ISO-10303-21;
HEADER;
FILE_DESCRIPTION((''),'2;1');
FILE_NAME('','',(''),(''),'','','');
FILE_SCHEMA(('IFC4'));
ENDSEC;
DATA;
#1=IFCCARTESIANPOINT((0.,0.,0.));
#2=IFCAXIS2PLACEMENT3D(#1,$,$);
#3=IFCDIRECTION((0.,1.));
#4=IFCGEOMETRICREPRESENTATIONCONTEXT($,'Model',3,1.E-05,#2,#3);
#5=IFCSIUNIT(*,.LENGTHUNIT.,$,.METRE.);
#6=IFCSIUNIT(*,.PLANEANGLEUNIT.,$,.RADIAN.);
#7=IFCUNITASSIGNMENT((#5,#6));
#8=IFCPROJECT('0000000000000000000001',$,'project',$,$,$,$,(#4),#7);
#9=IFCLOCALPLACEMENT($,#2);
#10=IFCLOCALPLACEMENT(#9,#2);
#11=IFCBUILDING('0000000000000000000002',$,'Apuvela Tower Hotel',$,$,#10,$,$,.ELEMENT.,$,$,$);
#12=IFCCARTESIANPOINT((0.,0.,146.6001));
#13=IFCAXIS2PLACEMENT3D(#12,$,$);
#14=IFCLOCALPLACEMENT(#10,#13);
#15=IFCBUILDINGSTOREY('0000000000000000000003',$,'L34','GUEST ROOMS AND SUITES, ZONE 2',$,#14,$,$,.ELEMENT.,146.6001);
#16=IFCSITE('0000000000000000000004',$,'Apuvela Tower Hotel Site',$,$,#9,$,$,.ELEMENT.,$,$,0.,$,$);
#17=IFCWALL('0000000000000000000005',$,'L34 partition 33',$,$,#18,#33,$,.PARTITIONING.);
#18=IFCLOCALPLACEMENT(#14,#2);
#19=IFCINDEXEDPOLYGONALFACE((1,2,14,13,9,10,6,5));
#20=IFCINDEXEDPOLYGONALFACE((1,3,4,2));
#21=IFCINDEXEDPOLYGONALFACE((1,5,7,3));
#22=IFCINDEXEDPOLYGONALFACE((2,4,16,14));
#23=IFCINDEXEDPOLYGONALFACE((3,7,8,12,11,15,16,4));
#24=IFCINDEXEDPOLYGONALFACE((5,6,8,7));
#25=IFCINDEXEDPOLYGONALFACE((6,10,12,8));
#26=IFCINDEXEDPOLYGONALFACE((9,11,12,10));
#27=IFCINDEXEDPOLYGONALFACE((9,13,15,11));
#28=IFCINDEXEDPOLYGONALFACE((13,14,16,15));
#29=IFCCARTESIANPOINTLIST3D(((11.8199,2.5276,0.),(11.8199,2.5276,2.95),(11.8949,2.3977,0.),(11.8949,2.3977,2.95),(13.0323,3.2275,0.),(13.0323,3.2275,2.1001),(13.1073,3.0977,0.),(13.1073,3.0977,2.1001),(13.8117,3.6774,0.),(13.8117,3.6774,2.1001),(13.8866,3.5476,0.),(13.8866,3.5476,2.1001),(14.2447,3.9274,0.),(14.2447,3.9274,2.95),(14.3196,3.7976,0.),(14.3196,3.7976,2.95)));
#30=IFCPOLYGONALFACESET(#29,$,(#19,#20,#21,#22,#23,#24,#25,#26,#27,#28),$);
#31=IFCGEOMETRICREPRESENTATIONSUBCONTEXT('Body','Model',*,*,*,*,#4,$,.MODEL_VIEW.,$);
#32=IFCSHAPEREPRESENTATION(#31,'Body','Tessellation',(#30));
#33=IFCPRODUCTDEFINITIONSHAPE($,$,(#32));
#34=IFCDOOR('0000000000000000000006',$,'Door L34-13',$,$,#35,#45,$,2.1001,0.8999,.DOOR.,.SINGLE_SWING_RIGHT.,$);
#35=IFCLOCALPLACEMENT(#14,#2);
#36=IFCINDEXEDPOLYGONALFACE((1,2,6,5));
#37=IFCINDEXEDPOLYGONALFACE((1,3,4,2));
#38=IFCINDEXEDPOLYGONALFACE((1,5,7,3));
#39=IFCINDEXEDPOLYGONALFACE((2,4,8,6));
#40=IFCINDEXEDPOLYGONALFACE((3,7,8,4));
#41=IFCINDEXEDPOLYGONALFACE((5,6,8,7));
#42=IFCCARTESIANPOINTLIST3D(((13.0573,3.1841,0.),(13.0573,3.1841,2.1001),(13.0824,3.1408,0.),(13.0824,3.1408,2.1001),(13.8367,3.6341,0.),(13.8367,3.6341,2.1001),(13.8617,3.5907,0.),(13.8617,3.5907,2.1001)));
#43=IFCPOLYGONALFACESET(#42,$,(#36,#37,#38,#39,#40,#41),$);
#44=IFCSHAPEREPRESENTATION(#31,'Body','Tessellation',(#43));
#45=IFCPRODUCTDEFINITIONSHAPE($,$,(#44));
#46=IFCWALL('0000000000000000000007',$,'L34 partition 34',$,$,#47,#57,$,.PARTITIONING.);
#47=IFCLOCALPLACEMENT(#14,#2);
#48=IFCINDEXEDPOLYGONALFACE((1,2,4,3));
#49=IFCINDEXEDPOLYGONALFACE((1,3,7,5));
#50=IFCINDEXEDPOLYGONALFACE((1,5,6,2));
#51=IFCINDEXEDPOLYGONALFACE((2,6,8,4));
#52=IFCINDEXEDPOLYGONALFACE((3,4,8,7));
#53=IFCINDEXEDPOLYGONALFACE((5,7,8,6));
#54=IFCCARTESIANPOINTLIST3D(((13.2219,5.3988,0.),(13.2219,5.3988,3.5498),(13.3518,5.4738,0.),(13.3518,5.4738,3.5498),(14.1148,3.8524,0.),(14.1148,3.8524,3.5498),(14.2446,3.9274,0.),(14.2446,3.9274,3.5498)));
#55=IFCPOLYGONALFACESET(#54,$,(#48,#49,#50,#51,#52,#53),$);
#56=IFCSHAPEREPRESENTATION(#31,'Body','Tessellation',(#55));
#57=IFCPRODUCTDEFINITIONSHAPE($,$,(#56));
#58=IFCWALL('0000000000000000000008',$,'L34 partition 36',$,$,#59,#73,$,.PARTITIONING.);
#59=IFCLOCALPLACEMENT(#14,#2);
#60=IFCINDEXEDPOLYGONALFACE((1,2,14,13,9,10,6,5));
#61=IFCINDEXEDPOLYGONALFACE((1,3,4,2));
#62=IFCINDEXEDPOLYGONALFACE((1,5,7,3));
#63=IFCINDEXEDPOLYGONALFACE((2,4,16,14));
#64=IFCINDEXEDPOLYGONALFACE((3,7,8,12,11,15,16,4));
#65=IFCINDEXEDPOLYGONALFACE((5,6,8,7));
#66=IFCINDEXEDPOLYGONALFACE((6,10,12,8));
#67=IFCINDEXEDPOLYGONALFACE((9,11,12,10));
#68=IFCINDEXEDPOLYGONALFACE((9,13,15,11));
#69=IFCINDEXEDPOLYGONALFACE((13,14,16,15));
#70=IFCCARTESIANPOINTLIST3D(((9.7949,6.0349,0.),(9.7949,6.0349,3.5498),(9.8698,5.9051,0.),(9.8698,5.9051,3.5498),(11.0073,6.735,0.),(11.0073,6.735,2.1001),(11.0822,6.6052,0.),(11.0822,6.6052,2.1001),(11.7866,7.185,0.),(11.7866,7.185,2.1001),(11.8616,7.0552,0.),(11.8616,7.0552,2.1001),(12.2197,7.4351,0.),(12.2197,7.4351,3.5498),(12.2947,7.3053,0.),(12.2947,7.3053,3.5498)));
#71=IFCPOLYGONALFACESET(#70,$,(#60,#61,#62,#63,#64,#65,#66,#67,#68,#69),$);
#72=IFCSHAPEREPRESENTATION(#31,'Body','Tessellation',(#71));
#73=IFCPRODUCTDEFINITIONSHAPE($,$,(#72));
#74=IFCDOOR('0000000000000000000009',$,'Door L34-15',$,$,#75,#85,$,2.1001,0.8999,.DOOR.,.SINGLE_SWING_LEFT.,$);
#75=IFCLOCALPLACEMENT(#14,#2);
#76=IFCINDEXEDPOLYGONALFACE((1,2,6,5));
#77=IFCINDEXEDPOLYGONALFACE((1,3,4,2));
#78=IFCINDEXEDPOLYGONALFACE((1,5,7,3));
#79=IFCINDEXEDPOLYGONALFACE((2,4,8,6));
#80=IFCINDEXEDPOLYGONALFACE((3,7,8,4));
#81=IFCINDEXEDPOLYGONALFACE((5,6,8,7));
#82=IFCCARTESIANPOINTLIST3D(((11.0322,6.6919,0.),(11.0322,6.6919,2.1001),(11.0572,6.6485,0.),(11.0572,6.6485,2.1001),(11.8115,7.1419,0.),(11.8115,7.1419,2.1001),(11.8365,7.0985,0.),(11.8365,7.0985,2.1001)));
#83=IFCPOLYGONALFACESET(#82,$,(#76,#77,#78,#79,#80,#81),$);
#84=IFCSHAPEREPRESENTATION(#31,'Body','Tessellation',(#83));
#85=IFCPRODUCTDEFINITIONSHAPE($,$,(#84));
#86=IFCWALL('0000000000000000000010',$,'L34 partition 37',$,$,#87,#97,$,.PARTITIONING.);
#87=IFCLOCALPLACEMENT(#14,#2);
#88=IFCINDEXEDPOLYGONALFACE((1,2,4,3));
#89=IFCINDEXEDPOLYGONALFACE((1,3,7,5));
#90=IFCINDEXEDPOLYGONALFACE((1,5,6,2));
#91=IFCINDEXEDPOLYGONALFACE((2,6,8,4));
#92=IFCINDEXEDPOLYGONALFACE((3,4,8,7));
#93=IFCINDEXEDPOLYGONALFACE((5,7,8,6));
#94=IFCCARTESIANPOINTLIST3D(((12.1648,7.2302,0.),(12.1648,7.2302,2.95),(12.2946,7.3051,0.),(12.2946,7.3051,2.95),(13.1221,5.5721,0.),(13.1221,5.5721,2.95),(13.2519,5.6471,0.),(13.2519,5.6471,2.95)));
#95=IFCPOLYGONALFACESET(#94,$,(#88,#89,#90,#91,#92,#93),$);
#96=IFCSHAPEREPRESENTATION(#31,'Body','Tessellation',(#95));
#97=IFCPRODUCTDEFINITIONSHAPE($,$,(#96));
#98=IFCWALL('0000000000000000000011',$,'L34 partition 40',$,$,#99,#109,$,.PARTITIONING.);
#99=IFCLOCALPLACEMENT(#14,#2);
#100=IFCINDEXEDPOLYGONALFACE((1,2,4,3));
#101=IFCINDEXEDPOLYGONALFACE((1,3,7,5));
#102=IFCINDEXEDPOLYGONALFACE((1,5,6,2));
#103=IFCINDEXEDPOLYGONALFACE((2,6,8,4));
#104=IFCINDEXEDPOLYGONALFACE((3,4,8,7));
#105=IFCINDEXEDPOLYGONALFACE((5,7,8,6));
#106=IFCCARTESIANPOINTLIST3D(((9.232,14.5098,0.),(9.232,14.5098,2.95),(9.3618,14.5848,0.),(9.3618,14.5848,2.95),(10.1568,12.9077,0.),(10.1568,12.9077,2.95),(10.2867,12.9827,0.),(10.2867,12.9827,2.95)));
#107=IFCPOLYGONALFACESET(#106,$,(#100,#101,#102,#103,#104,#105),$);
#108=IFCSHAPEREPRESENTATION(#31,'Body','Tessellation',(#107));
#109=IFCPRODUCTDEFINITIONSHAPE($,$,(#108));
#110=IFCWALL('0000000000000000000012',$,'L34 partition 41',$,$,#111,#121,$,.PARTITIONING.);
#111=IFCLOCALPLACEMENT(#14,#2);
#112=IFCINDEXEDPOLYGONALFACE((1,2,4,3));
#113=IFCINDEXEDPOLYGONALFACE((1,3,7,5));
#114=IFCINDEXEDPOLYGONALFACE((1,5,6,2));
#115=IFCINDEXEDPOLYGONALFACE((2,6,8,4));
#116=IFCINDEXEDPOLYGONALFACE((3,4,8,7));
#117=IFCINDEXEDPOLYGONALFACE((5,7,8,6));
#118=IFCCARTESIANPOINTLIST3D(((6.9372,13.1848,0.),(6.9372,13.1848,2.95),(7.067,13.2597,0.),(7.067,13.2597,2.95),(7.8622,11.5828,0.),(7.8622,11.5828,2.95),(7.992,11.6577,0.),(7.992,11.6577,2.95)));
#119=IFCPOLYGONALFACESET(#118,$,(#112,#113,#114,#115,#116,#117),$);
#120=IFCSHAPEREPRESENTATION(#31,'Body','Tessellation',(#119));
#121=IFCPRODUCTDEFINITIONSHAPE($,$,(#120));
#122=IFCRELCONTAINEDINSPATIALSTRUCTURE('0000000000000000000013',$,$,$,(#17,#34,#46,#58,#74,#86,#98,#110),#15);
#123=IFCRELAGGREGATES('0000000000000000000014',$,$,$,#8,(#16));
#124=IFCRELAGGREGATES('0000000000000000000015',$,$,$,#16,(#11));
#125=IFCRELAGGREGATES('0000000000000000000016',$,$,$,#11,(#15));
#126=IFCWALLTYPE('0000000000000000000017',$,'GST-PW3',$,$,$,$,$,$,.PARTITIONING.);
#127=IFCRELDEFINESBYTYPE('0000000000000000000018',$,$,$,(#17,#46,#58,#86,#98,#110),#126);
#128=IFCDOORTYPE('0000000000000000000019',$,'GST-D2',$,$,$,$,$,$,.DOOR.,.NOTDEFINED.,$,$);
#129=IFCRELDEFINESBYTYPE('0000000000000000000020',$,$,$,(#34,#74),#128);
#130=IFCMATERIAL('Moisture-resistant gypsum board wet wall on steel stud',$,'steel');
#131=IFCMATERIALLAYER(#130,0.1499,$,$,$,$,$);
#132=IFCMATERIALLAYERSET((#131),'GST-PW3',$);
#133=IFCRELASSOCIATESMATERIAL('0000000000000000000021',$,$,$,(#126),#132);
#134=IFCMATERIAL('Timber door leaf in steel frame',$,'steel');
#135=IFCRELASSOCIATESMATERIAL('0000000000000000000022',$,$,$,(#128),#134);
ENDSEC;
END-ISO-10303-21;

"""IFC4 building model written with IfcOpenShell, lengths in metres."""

from ifc_helpers import new_model, si_unit, direction, frame, frame_2d, origin, place, context, subcontext, project, spatial, rectangle, extrude, material, layer, layer_set, type_object, element, fill, save


model = new_model("IFC4")

# Units and contexts
model_context = context("Model", 3, precision=1e-05, world=origin(), true_north=direction((0.0, 1.0)))
body_context = subcontext(model_context, "Body", "Model", "MODEL_VIEW")
ifc_project = project(units=[si_unit("LENGTHUNIT", "METRE"), si_unit("PLANEANGLEUNIT", "RADIAN")], contexts=[model_context])

# Site, building, storey
site_placement = place(None, origin())
site = spatial("IfcSite", under=ifc_project, at=site_placement, Name="Apuvela Tower Hotel Site", CompositionType="ELEMENT", RefElevation=0.0)
building_placement = place(site_placement, origin())
building = spatial("IfcBuilding", under=site, at=building_placement, Name="Apuvela Tower Hotel", CompositionType="ELEMENT")
storey_placement = place(building_placement, frame((0.0, 0.0, 146.6001)))
storey = spatial("IfcBuildingStorey", under=building, at=storey_placement, Name="L34", Description="GUEST ROOMS AND SUITES, ZONE 2", CompositionType="ELEMENT", Elevation=146.6001)

# Wall, opening, door
ifc_material_1 = material(Name="Timber door leaf in steel frame", Category="steel")
ifc_material_2 = material(Name="Moisture-resistant gypsum board wet wall on steel stud", Category="steel")
ifc_layer_1 = layer(ifc_material_2, 0.1499)
ifc_layer_set_1 = layer_set([ifc_layer_1], Name="GST-PW3")
wall_type_1 = type_object("IfcWallType", Name="GST-PW3", PredefinedType="PARTITIONING", material=ifc_layer_set_1)
door_type_1 = type_object("IfcDoorType", Name="GST-D2", OperationType="NOTDEFINED", PredefinedType="DOOR", material=ifc_material_1)
wall_1_placement = place(storey_placement, frame((11.8574, 2.4626, 0.0), z_axis=(0.0, 0.0, 1.0), x_axis=(0.866035, 0.499984, 0.0)))
wall_1 = element("IfcWall", 1, at=wall_1_placement, inside=storey, type_object=wall_type_1, Name="L34 partition 33", PredefinedType="PARTITIONING", context=body_context, shape_type="SweptSolid", body=[
    extrude(rectangle(XDim=2.7998, YDim=0.1499, at=frame_2d((1.3999, 0.0))), origin(), (0.0, 0.0, 1.0), 2.95),
])
opening_1_placement = place(wall_1_placement, frame((1.3999, 0.0, 0.0)))
opening_1 = element("IfcOpeningElement", 2, at=opening_1_placement, cuts=wall_1, PredefinedType="OPENING", context=body_context, shape_type="SweptSolid", body=[
    extrude(rectangle(XDim=0.8999, YDim=2.1001, at=frame_2d((0.45, 1.05))), frame((0.0, 0.085, 0.0), z_axis=(0.0, -1.0, 0.0), x_axis=(1.0, 0.0, 0.0)), (0.0, 0.0, 1.0), 0.1699),
])
door_1_placement = place(opening_1_placement, origin())
door_1 = element("IfcDoor", 3, at=door_1_placement, inside=storey, type_object=door_type_1, Name="Door L34-13", OperationType="SINGLE_SWING_RIGHT", OverallHeight=2.1001, OverallWidth=0.8999, PredefinedType="DOOR", context=body_context, shape_type="SweptSolid", body=[
    extrude(rectangle(XDim=0.8999, YDim=2.1001, at=frame_2d((0.45, 1.05))), frame((0.0, 0.0249, 0.0), z_axis=(0.0, -1.0, 0.0), x_axis=(1.0, 0.0, 0.0)), (0.0, 0.0, 1.0), 0.05),
])
fill(opening_1, door_1)

# Wall
wall_2_placement = place(storey_placement, frame((14.1797, 3.8899, 0.0), z_axis=(0.0, 0.0, 1.0), x_axis=(-0.500007, 0.866022, 0.0)))
element("IfcWall", 4, at=wall_2_placement, inside=storey, type_object=wall_type_1, Name="L34 partition 34", PredefinedType="PARTITIONING", context=body_context, shape_type="SweptSolid", body=[
    extrude(rectangle(XDim=1.7856, YDim=0.1499, at=frame_2d((0.8928, 0.0))), origin(), (0.0, 0.0, 1.0), 3.5498),
])

# Wall, opening, door
wall_3_placement = place(storey_placement, frame((12.2571, 7.3701, 0.0), z_axis=(0.0, 0.0, 1.0), x_axis=(-0.865997, -0.50005, 0.0)))
wall_3 = element("IfcWall", 5, at=wall_3_placement, inside=storey, type_object=wall_type_1, Name="L34 partition 36", PredefinedType="PARTITIONING", context=body_context, shape_type="SweptSolid", body=[
    extrude(rectangle(XDim=2.8, YDim=0.1499, at=frame_2d((1.3999, 0.0))), origin(), (0.0, 0.0, 1.0), 3.5498),
])
opening_2_placement = place(wall_3_placement, frame((0.5, 0.0, 0.0)))
opening_2 = element("IfcOpeningElement", 6, at=opening_2_placement, cuts=wall_3, PredefinedType="OPENING", context=body_context, shape_type="SweptSolid", body=[
    extrude(rectangle(XDim=0.8999, YDim=2.1001, at=frame_2d((0.45, 1.05))), frame((0.0, 0.085, 0.0), z_axis=(0.0, -1.0, 0.0), x_axis=(1.0, 0.0, 0.0)), (0.0, 0.0, 1.0), 0.1699),
])
door_2_placement = place(opening_2_placement, origin())
door_2 = element("IfcDoor", 7, at=door_2_placement, inside=storey, type_object=door_type_1, Name="Door L34-15", OperationType="SINGLE_SWING_LEFT", OverallHeight=2.1001, OverallWidth=0.8999, PredefinedType="DOOR", context=body_context, shape_type="SweptSolid", body=[
    extrude(rectangle(XDim=0.8999, YDim=2.1001, at=frame_2d((0.45, 1.05))), frame((0.0, 0.0249, 0.0), z_axis=(0.0, -1.0, 0.0), x_axis=(1.0, 0.0, 0.0)), (0.0, 0.0, 1.0), 0.05),
])
fill(opening_2, door_2)

# Walls
wall_4_placement = place(storey_placement, frame((13.187, 5.6096, 0.0), z_axis=(0.0, 0.0, 1.0), x_axis=(-0.50002, 0.866014, 0.0)))
element("IfcWall", 8, at=wall_4_placement, inside=storey, type_object=wall_type_1, Name="L34 partition 37", PredefinedType="PARTITIONING", context=body_context, shape_type="SweptSolid", body=[
    extrude(rectangle(XDim=1.9146, YDim=0.1499, at=frame_2d((0.9573, 0.0))), origin(), (0.0, 0.0, 1.0), 2.95),
])
for number, where, z_axis, x_axis, name in (
    (9, (10.2217, 12.9453, 0.0), (0.0, 0.0, 1.0), (-0.499943, 0.866058, 0.0), "L34 partition 40"),
    (10, (7.927, 11.6204, 0.0), (0.0, 0.0, 1.0), (-0.500042, 0.866001, 0.0), "L34 partition 41"),
):
    element("IfcWall", number, at=place(storey_placement, frame(where, z_axis=z_axis, x_axis=x_axis)), inside=storey, type_object=wall_type_1, Name=name, PredefinedType="PARTITIONING", context=body_context, shape_type="SweptSolid", body=[
        extrude(rectangle(XDim=1.8499, YDim=0.1499, at=frame_2d((0.9248, 0.0))), origin(), (0.0, 0.0, 1.0), 2.95),
    ])

save(model, "model.ifc")
